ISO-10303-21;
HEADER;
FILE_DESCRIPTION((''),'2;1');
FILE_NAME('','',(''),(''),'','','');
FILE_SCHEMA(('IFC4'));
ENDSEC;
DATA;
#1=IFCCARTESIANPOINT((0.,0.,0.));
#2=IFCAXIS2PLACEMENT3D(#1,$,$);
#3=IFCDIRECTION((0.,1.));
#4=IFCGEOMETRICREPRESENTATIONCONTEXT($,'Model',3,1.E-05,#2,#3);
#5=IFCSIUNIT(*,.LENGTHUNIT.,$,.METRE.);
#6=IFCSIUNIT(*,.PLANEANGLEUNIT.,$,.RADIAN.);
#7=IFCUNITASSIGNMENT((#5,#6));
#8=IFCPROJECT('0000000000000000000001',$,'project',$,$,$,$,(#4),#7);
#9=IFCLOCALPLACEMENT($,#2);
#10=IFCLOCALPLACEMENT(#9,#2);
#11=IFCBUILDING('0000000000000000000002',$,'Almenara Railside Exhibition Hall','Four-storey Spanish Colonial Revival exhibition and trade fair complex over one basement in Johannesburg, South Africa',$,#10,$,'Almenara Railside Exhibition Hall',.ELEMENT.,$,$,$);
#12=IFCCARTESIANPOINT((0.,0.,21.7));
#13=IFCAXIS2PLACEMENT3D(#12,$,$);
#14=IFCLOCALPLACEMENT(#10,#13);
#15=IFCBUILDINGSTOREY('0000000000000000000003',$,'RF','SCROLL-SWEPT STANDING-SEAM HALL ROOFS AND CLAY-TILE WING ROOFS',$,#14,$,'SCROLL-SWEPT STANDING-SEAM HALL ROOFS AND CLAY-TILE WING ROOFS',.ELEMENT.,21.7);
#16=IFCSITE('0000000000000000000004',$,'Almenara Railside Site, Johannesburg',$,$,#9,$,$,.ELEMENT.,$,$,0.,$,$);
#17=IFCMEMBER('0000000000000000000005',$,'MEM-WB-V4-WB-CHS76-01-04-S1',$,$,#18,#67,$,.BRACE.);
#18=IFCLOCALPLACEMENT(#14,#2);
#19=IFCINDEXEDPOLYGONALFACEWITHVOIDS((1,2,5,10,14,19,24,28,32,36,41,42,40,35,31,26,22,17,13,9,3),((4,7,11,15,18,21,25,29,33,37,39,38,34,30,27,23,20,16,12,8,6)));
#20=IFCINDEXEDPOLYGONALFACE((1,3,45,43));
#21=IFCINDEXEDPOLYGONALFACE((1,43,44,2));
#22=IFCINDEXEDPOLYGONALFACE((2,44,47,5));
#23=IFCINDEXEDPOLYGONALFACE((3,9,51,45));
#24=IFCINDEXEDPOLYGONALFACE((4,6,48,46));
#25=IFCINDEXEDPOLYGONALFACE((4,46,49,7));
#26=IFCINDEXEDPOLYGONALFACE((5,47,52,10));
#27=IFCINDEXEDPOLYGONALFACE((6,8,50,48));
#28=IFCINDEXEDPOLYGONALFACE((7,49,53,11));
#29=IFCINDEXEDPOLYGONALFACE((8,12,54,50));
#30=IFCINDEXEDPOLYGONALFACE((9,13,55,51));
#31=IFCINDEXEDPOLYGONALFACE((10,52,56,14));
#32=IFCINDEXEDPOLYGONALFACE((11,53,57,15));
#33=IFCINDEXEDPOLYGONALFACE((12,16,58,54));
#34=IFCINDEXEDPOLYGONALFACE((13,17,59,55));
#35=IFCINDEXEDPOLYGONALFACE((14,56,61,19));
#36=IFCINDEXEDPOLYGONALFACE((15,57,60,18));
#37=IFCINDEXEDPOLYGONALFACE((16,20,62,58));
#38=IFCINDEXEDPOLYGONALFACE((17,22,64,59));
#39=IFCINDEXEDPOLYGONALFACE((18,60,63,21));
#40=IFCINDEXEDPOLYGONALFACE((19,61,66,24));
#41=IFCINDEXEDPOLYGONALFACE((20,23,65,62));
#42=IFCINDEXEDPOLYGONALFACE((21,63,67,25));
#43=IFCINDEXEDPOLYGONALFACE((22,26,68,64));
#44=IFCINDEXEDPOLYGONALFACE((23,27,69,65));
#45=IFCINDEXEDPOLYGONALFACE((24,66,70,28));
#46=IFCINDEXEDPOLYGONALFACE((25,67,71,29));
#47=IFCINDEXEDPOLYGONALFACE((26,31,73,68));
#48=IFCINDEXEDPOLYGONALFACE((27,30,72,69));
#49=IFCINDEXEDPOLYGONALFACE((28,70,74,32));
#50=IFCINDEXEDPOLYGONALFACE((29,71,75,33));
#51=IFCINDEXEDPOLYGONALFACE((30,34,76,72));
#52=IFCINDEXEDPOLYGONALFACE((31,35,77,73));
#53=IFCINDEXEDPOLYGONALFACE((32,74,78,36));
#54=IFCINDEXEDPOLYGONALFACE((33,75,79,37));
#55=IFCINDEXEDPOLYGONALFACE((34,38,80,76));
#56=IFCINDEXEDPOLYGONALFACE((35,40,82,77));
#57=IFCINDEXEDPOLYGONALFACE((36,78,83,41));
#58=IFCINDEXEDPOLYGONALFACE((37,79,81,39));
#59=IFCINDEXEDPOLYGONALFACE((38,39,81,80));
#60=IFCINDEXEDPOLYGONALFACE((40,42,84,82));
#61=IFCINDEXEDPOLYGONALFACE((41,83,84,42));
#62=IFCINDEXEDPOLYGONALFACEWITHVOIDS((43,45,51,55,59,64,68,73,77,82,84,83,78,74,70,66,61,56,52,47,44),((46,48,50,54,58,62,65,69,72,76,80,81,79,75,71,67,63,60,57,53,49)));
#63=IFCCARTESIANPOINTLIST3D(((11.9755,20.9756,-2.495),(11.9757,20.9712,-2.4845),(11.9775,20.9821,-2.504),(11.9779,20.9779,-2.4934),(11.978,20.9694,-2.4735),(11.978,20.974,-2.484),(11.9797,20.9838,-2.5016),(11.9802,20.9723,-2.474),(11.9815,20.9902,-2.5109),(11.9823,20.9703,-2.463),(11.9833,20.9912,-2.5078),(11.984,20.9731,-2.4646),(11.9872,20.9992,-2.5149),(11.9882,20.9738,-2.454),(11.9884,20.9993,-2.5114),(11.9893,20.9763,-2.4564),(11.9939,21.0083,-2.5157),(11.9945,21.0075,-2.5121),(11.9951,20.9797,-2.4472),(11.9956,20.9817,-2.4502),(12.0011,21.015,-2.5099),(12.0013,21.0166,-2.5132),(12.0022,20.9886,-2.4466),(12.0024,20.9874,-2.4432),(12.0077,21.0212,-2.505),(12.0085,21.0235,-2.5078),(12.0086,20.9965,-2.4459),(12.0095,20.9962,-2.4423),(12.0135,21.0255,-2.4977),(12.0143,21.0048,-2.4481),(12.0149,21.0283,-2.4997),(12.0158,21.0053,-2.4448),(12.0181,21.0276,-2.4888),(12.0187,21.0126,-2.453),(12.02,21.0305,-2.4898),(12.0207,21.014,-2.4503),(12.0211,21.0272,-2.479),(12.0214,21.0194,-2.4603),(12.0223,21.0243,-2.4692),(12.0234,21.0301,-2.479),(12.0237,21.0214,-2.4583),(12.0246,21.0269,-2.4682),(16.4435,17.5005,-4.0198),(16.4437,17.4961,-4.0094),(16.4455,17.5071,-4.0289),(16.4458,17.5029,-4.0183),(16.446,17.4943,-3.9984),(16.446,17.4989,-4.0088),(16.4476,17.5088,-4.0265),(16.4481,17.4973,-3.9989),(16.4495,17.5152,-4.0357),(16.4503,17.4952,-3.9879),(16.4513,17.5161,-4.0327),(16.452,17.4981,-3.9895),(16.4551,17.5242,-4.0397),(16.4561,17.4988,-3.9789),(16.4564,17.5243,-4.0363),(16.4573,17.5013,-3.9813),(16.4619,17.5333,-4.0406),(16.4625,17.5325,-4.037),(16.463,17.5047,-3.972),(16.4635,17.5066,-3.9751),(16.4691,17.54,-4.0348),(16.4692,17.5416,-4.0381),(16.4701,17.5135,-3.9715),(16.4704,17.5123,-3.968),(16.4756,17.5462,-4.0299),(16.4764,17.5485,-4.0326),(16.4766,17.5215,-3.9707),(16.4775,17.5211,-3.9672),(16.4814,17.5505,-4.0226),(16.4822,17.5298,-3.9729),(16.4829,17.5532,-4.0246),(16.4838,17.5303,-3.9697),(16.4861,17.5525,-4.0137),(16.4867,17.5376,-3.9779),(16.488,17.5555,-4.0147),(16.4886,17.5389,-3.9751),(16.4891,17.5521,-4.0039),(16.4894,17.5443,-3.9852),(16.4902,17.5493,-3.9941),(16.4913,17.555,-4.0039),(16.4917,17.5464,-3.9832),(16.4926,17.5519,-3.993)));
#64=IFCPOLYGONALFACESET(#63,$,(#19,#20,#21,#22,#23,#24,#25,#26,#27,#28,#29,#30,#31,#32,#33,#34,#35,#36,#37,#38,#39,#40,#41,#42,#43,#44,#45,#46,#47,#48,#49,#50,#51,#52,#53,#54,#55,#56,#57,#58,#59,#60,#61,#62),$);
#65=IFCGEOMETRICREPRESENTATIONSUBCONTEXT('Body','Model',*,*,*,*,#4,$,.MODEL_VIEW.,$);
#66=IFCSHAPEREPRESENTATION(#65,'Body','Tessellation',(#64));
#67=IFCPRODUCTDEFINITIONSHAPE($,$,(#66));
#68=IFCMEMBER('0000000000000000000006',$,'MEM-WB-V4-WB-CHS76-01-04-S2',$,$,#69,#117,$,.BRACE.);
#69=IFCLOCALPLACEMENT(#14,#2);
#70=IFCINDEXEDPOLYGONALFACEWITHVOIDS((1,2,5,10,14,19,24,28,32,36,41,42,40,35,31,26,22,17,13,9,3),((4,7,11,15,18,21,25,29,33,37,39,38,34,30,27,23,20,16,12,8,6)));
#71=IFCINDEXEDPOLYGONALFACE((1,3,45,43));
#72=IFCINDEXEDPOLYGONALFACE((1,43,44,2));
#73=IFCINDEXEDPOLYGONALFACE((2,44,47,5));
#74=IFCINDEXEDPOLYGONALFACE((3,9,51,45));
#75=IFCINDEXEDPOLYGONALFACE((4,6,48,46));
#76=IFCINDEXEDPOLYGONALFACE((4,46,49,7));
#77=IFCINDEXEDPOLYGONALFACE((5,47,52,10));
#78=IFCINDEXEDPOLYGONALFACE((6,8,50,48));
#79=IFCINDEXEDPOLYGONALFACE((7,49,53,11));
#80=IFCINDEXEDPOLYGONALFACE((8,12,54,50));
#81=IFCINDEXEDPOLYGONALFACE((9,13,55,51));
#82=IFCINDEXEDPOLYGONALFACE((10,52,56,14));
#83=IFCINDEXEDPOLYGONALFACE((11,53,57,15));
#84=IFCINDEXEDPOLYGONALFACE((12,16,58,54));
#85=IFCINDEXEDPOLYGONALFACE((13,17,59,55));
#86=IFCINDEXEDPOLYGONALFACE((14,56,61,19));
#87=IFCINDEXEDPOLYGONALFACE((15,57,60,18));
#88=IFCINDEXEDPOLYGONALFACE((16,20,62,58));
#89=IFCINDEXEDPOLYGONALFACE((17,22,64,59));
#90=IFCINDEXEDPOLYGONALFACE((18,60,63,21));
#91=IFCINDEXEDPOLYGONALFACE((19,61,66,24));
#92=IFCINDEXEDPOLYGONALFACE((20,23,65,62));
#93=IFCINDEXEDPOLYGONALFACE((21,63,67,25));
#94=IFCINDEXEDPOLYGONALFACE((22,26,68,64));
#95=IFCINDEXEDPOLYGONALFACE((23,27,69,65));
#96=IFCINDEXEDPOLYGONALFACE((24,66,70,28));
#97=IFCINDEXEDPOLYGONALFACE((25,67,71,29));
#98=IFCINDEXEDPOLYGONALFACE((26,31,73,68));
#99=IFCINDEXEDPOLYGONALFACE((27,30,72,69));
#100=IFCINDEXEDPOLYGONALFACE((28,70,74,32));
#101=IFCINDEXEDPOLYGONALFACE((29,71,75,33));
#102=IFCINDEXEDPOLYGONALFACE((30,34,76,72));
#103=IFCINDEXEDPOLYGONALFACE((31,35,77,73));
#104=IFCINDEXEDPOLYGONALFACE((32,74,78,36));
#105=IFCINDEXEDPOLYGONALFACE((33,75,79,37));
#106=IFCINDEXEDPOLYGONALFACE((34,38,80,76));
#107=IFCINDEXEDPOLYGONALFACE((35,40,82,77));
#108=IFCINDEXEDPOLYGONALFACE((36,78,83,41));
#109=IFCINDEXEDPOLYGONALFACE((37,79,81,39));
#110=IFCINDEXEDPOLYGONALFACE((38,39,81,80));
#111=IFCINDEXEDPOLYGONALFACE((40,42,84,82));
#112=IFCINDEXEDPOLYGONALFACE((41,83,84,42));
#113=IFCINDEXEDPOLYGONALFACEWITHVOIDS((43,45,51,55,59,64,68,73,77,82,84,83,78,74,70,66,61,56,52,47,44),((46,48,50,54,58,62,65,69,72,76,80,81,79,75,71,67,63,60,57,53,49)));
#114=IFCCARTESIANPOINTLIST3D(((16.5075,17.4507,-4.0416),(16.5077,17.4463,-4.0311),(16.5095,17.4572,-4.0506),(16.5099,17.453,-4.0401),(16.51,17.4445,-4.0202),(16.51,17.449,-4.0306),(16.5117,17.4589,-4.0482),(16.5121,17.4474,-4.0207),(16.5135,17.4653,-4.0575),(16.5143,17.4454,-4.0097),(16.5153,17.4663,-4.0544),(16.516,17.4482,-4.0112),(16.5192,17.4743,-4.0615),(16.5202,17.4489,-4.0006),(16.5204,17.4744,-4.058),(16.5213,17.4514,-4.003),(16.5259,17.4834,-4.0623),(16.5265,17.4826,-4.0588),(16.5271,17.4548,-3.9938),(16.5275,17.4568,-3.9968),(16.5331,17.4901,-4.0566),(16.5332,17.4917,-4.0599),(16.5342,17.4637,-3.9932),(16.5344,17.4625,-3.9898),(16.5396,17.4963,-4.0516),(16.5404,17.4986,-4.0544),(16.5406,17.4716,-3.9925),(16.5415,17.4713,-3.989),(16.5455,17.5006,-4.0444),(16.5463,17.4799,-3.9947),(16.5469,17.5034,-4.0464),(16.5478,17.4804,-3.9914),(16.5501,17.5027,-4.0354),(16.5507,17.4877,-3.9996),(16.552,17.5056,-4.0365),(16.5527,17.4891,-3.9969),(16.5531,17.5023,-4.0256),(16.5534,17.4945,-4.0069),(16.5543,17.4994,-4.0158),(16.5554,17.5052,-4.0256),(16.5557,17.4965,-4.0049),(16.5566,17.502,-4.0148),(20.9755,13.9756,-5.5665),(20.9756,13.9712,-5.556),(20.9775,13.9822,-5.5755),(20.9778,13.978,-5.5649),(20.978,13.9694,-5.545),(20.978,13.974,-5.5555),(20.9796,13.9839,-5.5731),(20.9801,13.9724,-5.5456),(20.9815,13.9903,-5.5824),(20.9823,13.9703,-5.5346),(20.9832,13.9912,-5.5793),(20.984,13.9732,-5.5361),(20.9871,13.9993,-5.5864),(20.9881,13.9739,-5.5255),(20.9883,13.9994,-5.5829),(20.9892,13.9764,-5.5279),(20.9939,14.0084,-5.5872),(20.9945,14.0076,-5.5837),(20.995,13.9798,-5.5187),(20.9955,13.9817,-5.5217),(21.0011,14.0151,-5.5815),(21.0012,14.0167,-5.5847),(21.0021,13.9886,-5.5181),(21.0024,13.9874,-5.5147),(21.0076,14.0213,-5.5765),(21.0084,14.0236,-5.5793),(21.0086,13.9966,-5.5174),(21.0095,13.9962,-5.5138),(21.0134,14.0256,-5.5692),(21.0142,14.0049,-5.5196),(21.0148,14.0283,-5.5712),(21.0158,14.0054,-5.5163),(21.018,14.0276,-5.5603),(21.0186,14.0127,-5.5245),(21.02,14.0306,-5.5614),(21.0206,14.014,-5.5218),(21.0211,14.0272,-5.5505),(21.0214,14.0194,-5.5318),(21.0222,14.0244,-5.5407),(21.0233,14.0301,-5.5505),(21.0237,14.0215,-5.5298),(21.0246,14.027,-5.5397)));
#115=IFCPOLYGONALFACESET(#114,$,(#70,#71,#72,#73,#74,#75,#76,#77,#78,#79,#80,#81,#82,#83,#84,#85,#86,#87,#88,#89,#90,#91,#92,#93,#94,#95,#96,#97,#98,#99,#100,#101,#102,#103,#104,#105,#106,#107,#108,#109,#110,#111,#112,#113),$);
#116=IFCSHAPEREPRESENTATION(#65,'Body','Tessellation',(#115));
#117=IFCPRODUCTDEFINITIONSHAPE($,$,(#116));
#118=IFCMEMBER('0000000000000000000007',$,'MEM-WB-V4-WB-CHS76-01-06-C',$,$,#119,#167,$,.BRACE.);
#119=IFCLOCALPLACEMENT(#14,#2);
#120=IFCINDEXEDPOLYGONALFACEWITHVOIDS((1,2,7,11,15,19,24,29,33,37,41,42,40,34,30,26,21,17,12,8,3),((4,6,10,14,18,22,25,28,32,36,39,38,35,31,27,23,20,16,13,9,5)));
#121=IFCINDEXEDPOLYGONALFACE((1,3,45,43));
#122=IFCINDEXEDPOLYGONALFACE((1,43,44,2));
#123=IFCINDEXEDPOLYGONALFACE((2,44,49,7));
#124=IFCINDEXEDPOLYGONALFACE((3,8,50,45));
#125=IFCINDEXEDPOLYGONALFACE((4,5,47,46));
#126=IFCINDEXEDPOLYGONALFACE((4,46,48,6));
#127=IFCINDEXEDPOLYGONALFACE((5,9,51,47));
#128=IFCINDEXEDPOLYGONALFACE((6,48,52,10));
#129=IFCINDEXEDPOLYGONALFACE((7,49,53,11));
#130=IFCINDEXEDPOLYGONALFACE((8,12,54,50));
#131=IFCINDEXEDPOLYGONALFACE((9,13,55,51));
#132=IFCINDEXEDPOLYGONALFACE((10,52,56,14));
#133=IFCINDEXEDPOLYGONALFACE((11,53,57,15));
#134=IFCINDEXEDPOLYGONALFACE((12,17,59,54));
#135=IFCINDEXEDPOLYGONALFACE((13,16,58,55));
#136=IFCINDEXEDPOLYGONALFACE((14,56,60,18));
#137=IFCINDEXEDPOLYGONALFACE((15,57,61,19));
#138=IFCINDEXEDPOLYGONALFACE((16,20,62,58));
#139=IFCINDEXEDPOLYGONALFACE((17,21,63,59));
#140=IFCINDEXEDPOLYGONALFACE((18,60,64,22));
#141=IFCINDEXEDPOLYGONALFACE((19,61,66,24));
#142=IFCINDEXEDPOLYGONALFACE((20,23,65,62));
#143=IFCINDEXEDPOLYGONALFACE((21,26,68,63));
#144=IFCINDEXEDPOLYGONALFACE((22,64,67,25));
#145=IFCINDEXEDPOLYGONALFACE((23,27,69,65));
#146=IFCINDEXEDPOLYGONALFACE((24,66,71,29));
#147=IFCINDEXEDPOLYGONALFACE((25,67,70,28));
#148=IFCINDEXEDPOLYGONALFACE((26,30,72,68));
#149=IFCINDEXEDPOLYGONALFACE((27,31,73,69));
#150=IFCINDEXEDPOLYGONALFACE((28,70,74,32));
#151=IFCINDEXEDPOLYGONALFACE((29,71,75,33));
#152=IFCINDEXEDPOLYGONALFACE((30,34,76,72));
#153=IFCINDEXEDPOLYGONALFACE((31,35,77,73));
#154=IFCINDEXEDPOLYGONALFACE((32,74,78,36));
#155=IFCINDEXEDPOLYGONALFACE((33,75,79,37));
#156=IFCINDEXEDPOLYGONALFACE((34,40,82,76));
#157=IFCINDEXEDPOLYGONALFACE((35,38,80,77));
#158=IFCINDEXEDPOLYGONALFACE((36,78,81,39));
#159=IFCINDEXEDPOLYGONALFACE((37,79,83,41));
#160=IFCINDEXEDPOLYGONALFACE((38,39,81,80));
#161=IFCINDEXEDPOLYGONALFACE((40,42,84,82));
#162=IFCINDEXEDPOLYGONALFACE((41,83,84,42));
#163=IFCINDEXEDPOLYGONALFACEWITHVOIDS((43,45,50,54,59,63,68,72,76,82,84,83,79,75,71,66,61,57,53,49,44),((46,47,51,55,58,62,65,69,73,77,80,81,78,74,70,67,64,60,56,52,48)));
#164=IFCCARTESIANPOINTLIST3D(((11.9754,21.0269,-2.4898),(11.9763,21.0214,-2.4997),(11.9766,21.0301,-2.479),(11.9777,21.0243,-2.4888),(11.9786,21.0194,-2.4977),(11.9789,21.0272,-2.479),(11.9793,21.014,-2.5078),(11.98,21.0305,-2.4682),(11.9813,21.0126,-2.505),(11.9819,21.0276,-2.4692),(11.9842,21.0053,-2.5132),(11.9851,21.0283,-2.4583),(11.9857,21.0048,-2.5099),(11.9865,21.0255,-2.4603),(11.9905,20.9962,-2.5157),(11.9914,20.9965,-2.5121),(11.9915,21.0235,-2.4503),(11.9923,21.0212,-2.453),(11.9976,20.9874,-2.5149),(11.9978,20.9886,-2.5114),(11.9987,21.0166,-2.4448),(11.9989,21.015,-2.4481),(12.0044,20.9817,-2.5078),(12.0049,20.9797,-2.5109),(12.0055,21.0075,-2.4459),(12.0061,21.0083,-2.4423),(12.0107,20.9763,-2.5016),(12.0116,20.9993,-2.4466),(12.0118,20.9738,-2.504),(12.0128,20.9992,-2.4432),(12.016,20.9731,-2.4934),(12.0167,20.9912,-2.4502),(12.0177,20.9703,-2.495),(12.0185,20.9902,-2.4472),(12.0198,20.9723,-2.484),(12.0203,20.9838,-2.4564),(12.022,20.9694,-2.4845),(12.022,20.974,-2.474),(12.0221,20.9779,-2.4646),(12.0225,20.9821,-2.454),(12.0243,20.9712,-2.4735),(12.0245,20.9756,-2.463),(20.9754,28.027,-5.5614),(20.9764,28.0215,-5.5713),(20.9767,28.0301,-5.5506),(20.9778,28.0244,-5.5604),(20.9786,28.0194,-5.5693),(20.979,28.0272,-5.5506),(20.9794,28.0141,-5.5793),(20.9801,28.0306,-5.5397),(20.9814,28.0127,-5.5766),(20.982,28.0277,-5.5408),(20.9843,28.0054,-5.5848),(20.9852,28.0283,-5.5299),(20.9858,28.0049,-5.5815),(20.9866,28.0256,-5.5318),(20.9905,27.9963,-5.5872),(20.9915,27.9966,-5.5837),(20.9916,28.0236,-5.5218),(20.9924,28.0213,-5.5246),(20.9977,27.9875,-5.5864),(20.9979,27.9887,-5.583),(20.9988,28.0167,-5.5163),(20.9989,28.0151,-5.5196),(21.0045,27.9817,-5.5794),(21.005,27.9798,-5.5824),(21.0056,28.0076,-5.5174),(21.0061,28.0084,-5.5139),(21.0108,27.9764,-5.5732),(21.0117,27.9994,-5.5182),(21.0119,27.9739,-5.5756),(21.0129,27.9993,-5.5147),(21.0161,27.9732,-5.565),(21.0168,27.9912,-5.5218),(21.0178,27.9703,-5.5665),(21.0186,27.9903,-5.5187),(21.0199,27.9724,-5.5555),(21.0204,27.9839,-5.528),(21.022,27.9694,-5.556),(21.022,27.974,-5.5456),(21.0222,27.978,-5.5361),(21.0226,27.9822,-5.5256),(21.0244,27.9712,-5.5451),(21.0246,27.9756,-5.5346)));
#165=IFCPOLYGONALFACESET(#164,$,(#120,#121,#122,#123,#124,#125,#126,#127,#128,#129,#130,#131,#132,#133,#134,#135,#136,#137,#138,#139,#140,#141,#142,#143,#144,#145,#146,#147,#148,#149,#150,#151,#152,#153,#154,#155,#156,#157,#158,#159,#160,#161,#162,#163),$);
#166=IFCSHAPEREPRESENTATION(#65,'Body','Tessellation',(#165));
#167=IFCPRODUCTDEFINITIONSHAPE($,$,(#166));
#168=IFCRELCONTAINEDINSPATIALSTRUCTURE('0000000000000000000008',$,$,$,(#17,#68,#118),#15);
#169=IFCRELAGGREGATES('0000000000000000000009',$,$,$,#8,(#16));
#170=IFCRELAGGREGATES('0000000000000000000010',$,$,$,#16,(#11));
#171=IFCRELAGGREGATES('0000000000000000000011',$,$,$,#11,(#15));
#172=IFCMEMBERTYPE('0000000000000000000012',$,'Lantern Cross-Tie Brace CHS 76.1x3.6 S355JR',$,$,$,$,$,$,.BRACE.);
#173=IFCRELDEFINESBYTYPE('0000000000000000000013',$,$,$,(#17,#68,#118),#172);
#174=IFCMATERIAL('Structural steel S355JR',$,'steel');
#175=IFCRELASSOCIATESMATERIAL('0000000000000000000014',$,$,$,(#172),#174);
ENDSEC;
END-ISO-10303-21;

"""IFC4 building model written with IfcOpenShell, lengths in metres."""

from ifc_helpers import new_model, si_unit, direction, frame, origin, origin_2d, place, context, subcontext, project, spatial, hollow_circle, extrude, material, material_profile, profile_set, type_object, element, save


model = new_model("IFC4")

# Units and contexts
model_context = context("Model", 3, precision=1e-05, world=origin(), true_north=direction((0.0, 1.0)))
body_context = subcontext(model_context, "Body", "Model", "MODEL_VIEW")
ifc_project = project(units=[si_unit("LENGTHUNIT", "METRE"), si_unit("PLANEANGLEUNIT", "RADIAN")], contexts=[model_context])

# Site, building, storey
site_placement = place(None, origin())
site = spatial("IfcSite", under=ifc_project, at=site_placement, Name="Almenara Railside Site, Johannesburg", CompositionType="ELEMENT", RefElevation=0.0)
building_placement = place(site_placement, origin())
building = spatial("IfcBuilding", under=site, at=building_placement, Name="Almenara Railside Exhibition Hall", Description="Four-storey Spanish Colonial Revival exhibition and trade fair complex over one basement in Johannesburg, South Africa", LongName="Almenara Railside Exhibition Hall", CompositionType="ELEMENT")
storey_placement = place(building_placement, frame((0.0, 0.0, 21.7)))
storey = spatial("IfcBuildingStorey", under=building, at=storey_placement, Name="RF", Description="SCROLL-SWEPT STANDING-SEAM HALL ROOFS AND CLAY-TILE WING ROOFS", LongName="SCROLL-SWEPT STANDING-SEAM HALL ROOFS AND CLAY-TILE WING ROOFS", CompositionType="ELEMENT", Elevation=21.7)

# Members
ifc_material_1 = material(Name="Structural steel S355JR", Category="steel")
ifc_material_profile_1 = material_profile(ifc_material_1, hollow_circle(Radius=0.0381, WallThickness=0.0037, at=origin_2d()), Name="CHS 76.1x3.6")
ifc_profile_set_1 = profile_set([ifc_material_profile_1], Name="Structural steel S355JR")
member_type_1 = type_object("IfcMemberType", Name="Lantern Cross-Tie Brace CHS 76.1x3.6 S355JR", PredefinedType="BRACE", material=ifc_profile_set_1)
for number, where, z_axis, x_axis, name in (
    (1, (12.0, 21.0, -2.479), (0.762181, -0.592803, -0.260127), (0.613938, 0.789355, 0.0), "MEM-WB-V4-WB-CHS76-01-04-S1"),
    (2, (16.532, 17.4751, -4.0256), (0.762181, -0.592803, -0.260127), (0.613938, 0.789355, 0.0), "MEM-WB-V4-WB-CHS76-01-04-S2"),
):
    element("IfcMember", number, at=place(storey_placement, frame(where, z_axis=z_axis, x_axis=x_axis)), inside=storey, type_object=member_type_1, Name=name, PredefinedType="BRACE", context=body_context, shape_type="SweptSolid", body=[
        extrude(hollow_circle(Radius=0.0381, WallThickness=0.0037, at=origin_2d()), origin(), (0.0, 0.0, 1.0), 5.8621),
    ])
member_1_placement = place(storey_placement, frame((12.0, 21.0, -2.479), z_axis=(0.76218, 0.592807, -0.260118), x_axis=(-0.613941, 0.789352, 0.0)))
element("IfcMember", 3, at=member_1_placement, inside=storey, type_object=member_type_1, Name="MEM-WB-V4-WB-CHS76-01-06-C", PredefinedType="BRACE", context=body_context, shape_type="SweptSolid", body=[
    extrude(hollow_circle(Radius=0.0381, WallThickness=0.0037, at=origin_2d()), origin(), (0.0, 0.0, 1.0), 11.8083),
])

save(model, "model.ifc")
